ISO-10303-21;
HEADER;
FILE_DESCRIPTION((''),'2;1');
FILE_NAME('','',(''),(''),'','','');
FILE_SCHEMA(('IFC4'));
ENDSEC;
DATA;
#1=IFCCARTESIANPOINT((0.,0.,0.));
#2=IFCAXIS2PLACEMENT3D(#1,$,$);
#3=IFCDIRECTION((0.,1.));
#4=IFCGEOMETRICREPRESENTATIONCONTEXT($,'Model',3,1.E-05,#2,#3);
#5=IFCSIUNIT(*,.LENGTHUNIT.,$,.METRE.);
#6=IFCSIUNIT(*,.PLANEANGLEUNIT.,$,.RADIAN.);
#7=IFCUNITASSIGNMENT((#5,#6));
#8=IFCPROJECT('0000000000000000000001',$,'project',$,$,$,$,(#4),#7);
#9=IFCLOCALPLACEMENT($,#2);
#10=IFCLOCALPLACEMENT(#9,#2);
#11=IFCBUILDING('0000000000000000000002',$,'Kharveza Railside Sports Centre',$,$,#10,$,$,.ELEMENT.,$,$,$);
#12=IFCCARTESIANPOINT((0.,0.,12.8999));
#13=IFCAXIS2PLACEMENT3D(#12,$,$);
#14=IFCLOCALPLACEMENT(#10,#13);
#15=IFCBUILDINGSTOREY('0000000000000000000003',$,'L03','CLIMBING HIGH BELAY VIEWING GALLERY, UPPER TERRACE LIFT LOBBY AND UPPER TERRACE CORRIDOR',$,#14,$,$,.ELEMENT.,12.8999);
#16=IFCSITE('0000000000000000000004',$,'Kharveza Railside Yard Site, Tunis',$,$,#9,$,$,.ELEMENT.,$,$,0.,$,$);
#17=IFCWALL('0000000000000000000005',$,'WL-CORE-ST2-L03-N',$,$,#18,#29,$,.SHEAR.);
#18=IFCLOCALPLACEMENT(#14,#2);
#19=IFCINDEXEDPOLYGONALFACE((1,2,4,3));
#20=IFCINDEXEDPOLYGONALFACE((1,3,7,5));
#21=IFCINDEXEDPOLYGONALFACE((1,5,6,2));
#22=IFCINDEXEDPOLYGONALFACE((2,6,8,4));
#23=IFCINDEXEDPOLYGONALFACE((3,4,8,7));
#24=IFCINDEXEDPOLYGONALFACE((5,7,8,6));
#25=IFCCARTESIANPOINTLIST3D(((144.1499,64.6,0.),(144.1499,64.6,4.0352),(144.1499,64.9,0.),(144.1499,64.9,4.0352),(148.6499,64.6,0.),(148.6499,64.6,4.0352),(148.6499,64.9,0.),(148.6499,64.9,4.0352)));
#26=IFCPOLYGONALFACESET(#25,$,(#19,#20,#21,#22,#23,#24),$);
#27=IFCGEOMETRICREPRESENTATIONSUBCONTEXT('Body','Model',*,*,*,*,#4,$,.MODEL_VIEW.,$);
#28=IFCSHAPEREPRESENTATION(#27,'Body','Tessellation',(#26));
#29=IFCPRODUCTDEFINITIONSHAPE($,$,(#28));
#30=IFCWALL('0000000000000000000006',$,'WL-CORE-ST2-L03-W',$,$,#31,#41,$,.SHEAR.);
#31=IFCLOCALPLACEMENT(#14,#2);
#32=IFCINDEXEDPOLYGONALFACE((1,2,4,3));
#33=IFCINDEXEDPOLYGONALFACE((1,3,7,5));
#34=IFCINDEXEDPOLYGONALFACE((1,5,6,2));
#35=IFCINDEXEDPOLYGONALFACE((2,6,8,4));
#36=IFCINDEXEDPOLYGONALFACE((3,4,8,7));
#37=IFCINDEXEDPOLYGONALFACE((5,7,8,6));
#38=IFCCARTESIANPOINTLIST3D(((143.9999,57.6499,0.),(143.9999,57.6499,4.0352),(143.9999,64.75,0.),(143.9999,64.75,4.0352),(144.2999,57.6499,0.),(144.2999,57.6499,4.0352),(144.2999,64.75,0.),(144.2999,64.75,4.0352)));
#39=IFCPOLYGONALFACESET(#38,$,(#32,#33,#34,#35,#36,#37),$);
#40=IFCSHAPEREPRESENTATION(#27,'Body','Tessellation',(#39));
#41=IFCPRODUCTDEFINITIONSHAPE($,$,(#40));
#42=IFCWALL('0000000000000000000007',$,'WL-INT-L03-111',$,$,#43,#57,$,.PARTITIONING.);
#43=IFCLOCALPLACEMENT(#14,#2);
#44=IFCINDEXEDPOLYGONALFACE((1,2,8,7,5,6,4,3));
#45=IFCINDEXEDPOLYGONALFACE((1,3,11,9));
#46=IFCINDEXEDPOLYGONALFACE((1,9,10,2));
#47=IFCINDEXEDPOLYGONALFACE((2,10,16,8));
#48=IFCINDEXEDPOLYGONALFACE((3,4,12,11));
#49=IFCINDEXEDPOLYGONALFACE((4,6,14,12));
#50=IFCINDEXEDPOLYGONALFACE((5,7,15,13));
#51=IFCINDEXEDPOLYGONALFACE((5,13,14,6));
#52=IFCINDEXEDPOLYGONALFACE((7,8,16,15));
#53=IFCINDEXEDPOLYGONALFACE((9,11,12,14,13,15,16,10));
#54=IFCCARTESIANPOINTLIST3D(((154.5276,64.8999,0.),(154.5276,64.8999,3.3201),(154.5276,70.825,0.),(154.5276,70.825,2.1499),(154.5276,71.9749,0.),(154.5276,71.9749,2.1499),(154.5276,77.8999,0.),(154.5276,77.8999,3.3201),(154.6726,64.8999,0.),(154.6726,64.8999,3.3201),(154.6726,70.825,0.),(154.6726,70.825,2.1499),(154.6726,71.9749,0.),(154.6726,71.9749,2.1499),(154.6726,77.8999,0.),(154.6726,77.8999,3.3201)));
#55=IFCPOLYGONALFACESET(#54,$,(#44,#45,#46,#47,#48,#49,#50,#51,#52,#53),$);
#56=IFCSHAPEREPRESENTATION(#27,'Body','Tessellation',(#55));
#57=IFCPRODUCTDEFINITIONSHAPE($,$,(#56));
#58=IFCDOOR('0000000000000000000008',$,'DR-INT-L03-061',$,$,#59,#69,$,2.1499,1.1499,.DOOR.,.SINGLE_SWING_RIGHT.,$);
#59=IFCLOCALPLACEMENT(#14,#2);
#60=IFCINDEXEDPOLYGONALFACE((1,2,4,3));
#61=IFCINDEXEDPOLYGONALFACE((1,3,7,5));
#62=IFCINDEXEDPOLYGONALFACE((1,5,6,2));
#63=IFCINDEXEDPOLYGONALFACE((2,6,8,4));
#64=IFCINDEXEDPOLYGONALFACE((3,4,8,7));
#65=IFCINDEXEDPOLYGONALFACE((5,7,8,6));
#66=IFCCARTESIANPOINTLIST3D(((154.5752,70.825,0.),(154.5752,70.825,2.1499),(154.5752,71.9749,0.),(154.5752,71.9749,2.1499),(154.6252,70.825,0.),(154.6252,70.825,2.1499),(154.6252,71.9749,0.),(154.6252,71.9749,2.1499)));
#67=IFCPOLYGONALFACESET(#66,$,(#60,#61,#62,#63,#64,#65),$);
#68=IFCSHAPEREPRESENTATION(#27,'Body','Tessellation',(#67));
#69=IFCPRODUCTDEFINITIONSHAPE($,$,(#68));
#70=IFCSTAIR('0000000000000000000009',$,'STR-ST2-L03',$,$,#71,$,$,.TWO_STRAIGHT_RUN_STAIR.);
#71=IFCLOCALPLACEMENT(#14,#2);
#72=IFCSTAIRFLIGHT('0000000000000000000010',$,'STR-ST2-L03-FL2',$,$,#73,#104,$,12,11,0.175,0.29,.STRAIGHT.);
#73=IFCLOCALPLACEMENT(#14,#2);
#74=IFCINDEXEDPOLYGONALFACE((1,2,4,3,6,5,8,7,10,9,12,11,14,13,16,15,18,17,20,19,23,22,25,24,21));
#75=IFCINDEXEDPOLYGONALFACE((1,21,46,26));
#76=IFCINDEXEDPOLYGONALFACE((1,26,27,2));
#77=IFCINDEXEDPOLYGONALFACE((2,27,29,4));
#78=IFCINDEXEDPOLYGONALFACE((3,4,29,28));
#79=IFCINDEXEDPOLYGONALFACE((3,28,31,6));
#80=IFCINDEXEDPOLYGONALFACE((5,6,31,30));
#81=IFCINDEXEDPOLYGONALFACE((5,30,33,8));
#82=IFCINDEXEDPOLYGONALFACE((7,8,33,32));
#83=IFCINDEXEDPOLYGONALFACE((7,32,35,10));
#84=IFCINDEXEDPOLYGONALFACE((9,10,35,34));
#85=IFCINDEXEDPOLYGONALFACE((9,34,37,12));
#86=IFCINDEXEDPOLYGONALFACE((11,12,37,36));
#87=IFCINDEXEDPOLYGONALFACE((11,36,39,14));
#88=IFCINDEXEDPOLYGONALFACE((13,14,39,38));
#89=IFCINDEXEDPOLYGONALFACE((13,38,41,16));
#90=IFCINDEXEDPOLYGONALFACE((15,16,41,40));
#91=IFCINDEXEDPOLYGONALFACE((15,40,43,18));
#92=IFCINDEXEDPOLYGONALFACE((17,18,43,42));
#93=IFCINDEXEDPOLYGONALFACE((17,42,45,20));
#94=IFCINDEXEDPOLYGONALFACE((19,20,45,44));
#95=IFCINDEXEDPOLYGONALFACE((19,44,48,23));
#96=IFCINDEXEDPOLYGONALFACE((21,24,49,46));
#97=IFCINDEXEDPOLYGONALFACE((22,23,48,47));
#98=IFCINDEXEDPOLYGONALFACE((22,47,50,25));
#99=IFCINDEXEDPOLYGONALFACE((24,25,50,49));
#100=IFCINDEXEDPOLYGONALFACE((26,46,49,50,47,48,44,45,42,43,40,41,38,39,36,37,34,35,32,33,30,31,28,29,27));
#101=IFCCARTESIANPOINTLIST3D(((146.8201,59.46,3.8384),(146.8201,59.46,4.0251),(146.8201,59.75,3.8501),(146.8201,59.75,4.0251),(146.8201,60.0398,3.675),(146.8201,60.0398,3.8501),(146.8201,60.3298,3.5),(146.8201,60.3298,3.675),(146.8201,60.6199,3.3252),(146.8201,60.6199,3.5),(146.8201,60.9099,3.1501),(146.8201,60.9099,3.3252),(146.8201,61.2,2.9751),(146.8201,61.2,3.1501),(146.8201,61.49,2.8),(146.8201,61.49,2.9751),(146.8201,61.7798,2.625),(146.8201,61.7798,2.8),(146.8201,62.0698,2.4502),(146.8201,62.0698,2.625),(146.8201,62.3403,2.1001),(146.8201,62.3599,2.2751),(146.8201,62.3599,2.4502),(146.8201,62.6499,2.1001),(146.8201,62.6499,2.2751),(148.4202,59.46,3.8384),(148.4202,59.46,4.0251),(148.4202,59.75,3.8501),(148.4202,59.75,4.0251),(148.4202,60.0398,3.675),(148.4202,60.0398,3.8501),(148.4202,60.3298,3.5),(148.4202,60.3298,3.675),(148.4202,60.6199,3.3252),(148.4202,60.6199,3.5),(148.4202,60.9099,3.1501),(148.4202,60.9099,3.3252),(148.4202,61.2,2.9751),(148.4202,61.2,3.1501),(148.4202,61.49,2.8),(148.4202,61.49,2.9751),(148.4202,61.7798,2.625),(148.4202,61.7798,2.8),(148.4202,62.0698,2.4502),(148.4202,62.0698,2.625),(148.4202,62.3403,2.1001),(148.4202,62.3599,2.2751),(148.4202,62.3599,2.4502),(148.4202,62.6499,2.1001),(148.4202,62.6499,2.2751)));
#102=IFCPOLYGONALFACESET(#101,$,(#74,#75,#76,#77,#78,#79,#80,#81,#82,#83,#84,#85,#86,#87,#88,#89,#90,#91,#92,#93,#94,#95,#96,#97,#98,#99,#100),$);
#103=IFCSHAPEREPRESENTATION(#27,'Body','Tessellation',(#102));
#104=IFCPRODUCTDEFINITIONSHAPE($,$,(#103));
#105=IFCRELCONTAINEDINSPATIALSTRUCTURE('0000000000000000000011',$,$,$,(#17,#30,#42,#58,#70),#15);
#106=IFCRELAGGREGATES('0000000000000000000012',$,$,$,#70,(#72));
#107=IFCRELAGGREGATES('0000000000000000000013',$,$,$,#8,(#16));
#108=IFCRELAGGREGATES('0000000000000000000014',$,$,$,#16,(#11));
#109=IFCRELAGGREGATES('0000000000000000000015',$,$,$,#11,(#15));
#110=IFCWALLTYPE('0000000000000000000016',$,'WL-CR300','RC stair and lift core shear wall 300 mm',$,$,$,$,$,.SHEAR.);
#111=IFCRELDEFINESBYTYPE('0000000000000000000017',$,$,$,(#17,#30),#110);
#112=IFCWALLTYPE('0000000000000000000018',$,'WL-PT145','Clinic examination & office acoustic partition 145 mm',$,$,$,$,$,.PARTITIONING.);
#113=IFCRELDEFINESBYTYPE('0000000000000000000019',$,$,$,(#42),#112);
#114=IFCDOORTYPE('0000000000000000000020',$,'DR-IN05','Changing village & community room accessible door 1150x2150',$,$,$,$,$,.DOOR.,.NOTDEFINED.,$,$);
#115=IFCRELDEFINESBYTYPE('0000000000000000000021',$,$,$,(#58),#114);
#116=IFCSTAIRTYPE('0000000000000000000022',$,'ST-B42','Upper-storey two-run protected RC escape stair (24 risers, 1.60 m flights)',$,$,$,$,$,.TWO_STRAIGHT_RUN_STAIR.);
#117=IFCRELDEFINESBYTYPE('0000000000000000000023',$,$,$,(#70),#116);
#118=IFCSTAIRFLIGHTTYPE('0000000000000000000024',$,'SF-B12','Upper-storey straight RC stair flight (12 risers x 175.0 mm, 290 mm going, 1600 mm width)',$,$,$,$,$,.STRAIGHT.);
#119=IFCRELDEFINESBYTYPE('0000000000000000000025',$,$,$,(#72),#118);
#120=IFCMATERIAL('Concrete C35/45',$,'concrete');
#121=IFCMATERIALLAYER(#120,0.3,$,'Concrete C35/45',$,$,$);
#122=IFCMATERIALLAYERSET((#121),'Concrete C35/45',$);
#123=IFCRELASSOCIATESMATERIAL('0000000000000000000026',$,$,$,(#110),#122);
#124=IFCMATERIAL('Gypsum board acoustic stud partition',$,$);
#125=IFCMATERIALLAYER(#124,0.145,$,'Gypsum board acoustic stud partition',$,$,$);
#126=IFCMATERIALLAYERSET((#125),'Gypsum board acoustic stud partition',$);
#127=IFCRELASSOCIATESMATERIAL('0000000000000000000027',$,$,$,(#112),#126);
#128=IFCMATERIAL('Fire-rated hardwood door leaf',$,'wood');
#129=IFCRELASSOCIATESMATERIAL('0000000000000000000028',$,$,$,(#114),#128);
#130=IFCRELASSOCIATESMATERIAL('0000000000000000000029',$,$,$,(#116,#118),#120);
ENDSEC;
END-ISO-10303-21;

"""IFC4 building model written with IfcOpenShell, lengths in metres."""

from ifc_helpers import new_model, si_unit, direction, frame, frame_2d, origin, place, context, subcontext, project, spatial, polyline, rectangle, outline, extrude, material, layer, layer_set, type_object, element, fill, aggregate, save


model = new_model("IFC4")

# Units and contexts
model_context = context("Model", 3, precision=1e-05, world=origin(), true_north=direction((0.0, 1.0)))
body_context = subcontext(model_context, "Body", "Model", "MODEL_VIEW")
ifc_project = project(units=[si_unit("LENGTHUNIT", "METRE"), si_unit("PLANEANGLEUNIT", "RADIAN")], contexts=[model_context])

# Site, building, storey
site_placement = place(None, origin())
site = spatial("IfcSite", under=ifc_project, at=site_placement, Name="Kharveza Railside Yard Site, Tunis", CompositionType="ELEMENT", RefElevation=0.0)
building_placement = place(site_placement, origin())
building = spatial("IfcBuilding", under=site, at=building_placement, Name="Kharveza Railside Sports Centre", CompositionType="ELEMENT")
storey_placement = place(building_placement, frame((0.0, 0.0, 12.8999)))
storey = spatial("IfcBuildingStorey", under=building, at=storey_placement, Name="L03", Description="CLIMBING HIGH BELAY VIEWING GALLERY, UPPER TERRACE LIFT LOBBY AND UPPER TERRACE CORRIDOR", CompositionType="ELEMENT", Elevation=12.8999)

# Walls
ifc_material_1 = material(Name="Concrete C35/45", Category="concrete")
ifc_layer_1 = layer(ifc_material_1, 0.3, Name="Concrete C35/45")
ifc_layer_set_1 = layer_set([ifc_layer_1], Name="Concrete C35/45")
wall_type_1 = type_object("IfcWallType", Name="WL-CR300", Description="RC stair and lift core shear wall 300 mm", PredefinedType="SHEAR", material=ifc_layer_set_1)
wall_1_placement = place(storey_placement, frame((148.6499, 64.75, 0.0), z_axis=(0.0, 0.0, 1.0), x_axis=(-1.0, 0.0, 0.0)))
element("IfcWall", 1, at=wall_1_placement, inside=storey, type_object=wall_type_1, Name="WL-CORE-ST2-L03-N", PredefinedType="SHEAR", context=body_context, shape_type="SweptSolid", body=[
    extrude(rectangle(XDim=4.5, YDim=0.3, at=frame_2d((2.25, 0.0))), origin(), (0.0, 0.0, 1.0), 4.0352),
])
wall_2_placement = place(storey_placement, frame((144.1499, 64.75, 0.0), z_axis=(0.0, 0.0, 1.0), x_axis=(0.0, -1.0, 0.0)))
element("IfcWall", 2, at=wall_2_placement, inside=storey, type_object=wall_type_1, Name="WL-CORE-ST2-L03-W", PredefinedType="SHEAR", context=body_context, shape_type="SweptSolid", body=[
    extrude(rectangle(XDim=7.1001, YDim=0.3, at=frame_2d((3.55, 0.0))), origin(), (0.0, 0.0, 1.0), 4.0352),
])

# Wall, opening, door
ifc_material_2 = material(Name="Gypsum board acoustic stud partition")
ifc_layer_2 = layer(ifc_material_2, 0.145, Name="Gypsum board acoustic stud partition")
ifc_layer_set_2 = layer_set([ifc_layer_2], Name="Gypsum board acoustic stud partition")
wall_type_2 = type_object("IfcWallType", Name="WL-PT145", Description="Clinic examination & office acoustic partition 145 mm", PredefinedType="PARTITIONING", material=ifc_layer_set_2)
wall_3_placement = place(storey_placement, frame((154.6001, 64.8999, 0.0), z_axis=(0.0, 0.0, 1.0), x_axis=(0.0, 1.0, 0.0)))
wall_3 = element("IfcWall", 3, at=wall_3_placement, inside=storey, type_object=wall_type_2, Name="WL-INT-L03-111", PredefinedType="PARTITIONING", context=body_context, shape_type="SweptSolid", body=[
    extrude(rectangle(XDim=13.0, YDim=0.145, at=frame_2d((6.5, 0.0))), origin(), (0.0, 0.0, 1.0), 3.3201),
])
opening_placement = place(wall_3_placement, frame((5.925, 0.0, 0.0)))
opening = element("IfcOpeningElement", 4, at=opening_placement, cuts=wall_3, PredefinedType="OPENING", context=body_context, shape_type="SweptSolid", body=[
    extrude(rectangle(XDim=1.1499, YDim=2.1499, at=frame_2d((0.575, 1.075))), frame((0.0, 0.0974, 0.0), z_axis=(0.0, -1.0, 0.0), x_axis=(1.0, 0.0, 0.0)), (0.0, 0.0, 1.0), 0.1948),
])
ifc_material_3 = material(Name="Fire-rated hardwood door leaf", Category="wood")
door_type = type_object("IfcDoorType", Name="DR-IN05", Description="Changing village & community room accessible door 1150x2150", OperationType="NOTDEFINED", PredefinedType="DOOR", material=ifc_material_3)
door_placement = place(opening_placement, origin())
door = element("IfcDoor", 5, at=door_placement, inside=storey, type_object=door_type, Name="DR-INT-L03-061", OperationType="SINGLE_SWING_RIGHT", OverallHeight=2.1499, OverallWidth=1.1499, PredefinedType="DOOR", context=body_context, shape_type="SweptSolid", body=[
    extrude(rectangle(XDim=1.1499, YDim=2.1499, at=frame_2d((0.575, 1.075))), frame((0.0, 0.0249, 0.0), z_axis=(0.0, -1.0, 0.0), x_axis=(1.0, 0.0, 0.0)), (0.0, 0.0, 1.0), 0.05),
])
fill(opening, door)

# Stair, stair flight
stair_type = type_object("IfcStairType", Name="ST-B42", Description="Upper-storey two-run protected RC escape stair (24 risers, 1.60 m flights)", PredefinedType="TWO_STRAIGHT_RUN_STAIR", material=ifc_material_1)
stair_placement = place(storey_placement, origin())
stair = element("IfcStair", 6, at=stair_placement, inside=storey, type_object=stair_type, Name="STR-ST2-L03", PredefinedType="TWO_STRAIGHT_RUN_STAIR")
stair_flight_type = type_object("IfcStairFlightType", Name="SF-B12", Description="Upper-storey straight RC stair flight (12 risers x 175.0 mm, 290 mm going, 1600 mm width)", PredefinedType="STRAIGHT", material=ifc_material_1)
stair_flight_placement = place(storey_placement, frame((147.6201, 62.6499, 2.1001), z_axis=(0.0, 0.0, 1.0), x_axis=(0.0, -1.0, 0.0)))
stair_flight = element("IfcStairFlight", 7, at=stair_flight_placement, type_object=stair_flight_type, Name="STR-ST2-L03-FL2", NumberOfRisers=12, NumberOfTreads=11, PredefinedType="STRAIGHT", RiserHeight=0.175, TreadLength=0.29, context=body_context, shape_type="SweptSolid", body=[
    extrude(outline(polyline([(0.0, 0.0), (0.0, 0.175), (0.29, 0.175), (0.29, 0.3501), (0.5801, 0.3501), (0.5801, 0.5249), (0.8701, 0.5249), (0.8701, 0.7), (1.1599, 0.7), (1.1599, 0.875), (1.45, 0.875), (1.45, 1.05), (1.74, 1.05), (1.74, 1.2251), (2.03, 1.2251), (2.03, 1.3999), (2.3201, 1.3999), (2.3201, 1.575), (2.6101, 1.575), (2.6101, 1.75), (2.8999, 1.75), (2.8999, 1.925), (3.1899, 1.925), (3.1899, 2.1001), (3.1899, 1.7383), (0.3096, 0.0), (0.0, 0.0)])), frame((0.0, 0.8, 0.0), z_axis=(0.0, -1.0, 0.0), x_axis=(1.0, 0.0, 0.0)), (0.0, 0.0, 1.0), 1.6001),
])
aggregate(stair, [stair_flight])

save(model, "model.ifc")
